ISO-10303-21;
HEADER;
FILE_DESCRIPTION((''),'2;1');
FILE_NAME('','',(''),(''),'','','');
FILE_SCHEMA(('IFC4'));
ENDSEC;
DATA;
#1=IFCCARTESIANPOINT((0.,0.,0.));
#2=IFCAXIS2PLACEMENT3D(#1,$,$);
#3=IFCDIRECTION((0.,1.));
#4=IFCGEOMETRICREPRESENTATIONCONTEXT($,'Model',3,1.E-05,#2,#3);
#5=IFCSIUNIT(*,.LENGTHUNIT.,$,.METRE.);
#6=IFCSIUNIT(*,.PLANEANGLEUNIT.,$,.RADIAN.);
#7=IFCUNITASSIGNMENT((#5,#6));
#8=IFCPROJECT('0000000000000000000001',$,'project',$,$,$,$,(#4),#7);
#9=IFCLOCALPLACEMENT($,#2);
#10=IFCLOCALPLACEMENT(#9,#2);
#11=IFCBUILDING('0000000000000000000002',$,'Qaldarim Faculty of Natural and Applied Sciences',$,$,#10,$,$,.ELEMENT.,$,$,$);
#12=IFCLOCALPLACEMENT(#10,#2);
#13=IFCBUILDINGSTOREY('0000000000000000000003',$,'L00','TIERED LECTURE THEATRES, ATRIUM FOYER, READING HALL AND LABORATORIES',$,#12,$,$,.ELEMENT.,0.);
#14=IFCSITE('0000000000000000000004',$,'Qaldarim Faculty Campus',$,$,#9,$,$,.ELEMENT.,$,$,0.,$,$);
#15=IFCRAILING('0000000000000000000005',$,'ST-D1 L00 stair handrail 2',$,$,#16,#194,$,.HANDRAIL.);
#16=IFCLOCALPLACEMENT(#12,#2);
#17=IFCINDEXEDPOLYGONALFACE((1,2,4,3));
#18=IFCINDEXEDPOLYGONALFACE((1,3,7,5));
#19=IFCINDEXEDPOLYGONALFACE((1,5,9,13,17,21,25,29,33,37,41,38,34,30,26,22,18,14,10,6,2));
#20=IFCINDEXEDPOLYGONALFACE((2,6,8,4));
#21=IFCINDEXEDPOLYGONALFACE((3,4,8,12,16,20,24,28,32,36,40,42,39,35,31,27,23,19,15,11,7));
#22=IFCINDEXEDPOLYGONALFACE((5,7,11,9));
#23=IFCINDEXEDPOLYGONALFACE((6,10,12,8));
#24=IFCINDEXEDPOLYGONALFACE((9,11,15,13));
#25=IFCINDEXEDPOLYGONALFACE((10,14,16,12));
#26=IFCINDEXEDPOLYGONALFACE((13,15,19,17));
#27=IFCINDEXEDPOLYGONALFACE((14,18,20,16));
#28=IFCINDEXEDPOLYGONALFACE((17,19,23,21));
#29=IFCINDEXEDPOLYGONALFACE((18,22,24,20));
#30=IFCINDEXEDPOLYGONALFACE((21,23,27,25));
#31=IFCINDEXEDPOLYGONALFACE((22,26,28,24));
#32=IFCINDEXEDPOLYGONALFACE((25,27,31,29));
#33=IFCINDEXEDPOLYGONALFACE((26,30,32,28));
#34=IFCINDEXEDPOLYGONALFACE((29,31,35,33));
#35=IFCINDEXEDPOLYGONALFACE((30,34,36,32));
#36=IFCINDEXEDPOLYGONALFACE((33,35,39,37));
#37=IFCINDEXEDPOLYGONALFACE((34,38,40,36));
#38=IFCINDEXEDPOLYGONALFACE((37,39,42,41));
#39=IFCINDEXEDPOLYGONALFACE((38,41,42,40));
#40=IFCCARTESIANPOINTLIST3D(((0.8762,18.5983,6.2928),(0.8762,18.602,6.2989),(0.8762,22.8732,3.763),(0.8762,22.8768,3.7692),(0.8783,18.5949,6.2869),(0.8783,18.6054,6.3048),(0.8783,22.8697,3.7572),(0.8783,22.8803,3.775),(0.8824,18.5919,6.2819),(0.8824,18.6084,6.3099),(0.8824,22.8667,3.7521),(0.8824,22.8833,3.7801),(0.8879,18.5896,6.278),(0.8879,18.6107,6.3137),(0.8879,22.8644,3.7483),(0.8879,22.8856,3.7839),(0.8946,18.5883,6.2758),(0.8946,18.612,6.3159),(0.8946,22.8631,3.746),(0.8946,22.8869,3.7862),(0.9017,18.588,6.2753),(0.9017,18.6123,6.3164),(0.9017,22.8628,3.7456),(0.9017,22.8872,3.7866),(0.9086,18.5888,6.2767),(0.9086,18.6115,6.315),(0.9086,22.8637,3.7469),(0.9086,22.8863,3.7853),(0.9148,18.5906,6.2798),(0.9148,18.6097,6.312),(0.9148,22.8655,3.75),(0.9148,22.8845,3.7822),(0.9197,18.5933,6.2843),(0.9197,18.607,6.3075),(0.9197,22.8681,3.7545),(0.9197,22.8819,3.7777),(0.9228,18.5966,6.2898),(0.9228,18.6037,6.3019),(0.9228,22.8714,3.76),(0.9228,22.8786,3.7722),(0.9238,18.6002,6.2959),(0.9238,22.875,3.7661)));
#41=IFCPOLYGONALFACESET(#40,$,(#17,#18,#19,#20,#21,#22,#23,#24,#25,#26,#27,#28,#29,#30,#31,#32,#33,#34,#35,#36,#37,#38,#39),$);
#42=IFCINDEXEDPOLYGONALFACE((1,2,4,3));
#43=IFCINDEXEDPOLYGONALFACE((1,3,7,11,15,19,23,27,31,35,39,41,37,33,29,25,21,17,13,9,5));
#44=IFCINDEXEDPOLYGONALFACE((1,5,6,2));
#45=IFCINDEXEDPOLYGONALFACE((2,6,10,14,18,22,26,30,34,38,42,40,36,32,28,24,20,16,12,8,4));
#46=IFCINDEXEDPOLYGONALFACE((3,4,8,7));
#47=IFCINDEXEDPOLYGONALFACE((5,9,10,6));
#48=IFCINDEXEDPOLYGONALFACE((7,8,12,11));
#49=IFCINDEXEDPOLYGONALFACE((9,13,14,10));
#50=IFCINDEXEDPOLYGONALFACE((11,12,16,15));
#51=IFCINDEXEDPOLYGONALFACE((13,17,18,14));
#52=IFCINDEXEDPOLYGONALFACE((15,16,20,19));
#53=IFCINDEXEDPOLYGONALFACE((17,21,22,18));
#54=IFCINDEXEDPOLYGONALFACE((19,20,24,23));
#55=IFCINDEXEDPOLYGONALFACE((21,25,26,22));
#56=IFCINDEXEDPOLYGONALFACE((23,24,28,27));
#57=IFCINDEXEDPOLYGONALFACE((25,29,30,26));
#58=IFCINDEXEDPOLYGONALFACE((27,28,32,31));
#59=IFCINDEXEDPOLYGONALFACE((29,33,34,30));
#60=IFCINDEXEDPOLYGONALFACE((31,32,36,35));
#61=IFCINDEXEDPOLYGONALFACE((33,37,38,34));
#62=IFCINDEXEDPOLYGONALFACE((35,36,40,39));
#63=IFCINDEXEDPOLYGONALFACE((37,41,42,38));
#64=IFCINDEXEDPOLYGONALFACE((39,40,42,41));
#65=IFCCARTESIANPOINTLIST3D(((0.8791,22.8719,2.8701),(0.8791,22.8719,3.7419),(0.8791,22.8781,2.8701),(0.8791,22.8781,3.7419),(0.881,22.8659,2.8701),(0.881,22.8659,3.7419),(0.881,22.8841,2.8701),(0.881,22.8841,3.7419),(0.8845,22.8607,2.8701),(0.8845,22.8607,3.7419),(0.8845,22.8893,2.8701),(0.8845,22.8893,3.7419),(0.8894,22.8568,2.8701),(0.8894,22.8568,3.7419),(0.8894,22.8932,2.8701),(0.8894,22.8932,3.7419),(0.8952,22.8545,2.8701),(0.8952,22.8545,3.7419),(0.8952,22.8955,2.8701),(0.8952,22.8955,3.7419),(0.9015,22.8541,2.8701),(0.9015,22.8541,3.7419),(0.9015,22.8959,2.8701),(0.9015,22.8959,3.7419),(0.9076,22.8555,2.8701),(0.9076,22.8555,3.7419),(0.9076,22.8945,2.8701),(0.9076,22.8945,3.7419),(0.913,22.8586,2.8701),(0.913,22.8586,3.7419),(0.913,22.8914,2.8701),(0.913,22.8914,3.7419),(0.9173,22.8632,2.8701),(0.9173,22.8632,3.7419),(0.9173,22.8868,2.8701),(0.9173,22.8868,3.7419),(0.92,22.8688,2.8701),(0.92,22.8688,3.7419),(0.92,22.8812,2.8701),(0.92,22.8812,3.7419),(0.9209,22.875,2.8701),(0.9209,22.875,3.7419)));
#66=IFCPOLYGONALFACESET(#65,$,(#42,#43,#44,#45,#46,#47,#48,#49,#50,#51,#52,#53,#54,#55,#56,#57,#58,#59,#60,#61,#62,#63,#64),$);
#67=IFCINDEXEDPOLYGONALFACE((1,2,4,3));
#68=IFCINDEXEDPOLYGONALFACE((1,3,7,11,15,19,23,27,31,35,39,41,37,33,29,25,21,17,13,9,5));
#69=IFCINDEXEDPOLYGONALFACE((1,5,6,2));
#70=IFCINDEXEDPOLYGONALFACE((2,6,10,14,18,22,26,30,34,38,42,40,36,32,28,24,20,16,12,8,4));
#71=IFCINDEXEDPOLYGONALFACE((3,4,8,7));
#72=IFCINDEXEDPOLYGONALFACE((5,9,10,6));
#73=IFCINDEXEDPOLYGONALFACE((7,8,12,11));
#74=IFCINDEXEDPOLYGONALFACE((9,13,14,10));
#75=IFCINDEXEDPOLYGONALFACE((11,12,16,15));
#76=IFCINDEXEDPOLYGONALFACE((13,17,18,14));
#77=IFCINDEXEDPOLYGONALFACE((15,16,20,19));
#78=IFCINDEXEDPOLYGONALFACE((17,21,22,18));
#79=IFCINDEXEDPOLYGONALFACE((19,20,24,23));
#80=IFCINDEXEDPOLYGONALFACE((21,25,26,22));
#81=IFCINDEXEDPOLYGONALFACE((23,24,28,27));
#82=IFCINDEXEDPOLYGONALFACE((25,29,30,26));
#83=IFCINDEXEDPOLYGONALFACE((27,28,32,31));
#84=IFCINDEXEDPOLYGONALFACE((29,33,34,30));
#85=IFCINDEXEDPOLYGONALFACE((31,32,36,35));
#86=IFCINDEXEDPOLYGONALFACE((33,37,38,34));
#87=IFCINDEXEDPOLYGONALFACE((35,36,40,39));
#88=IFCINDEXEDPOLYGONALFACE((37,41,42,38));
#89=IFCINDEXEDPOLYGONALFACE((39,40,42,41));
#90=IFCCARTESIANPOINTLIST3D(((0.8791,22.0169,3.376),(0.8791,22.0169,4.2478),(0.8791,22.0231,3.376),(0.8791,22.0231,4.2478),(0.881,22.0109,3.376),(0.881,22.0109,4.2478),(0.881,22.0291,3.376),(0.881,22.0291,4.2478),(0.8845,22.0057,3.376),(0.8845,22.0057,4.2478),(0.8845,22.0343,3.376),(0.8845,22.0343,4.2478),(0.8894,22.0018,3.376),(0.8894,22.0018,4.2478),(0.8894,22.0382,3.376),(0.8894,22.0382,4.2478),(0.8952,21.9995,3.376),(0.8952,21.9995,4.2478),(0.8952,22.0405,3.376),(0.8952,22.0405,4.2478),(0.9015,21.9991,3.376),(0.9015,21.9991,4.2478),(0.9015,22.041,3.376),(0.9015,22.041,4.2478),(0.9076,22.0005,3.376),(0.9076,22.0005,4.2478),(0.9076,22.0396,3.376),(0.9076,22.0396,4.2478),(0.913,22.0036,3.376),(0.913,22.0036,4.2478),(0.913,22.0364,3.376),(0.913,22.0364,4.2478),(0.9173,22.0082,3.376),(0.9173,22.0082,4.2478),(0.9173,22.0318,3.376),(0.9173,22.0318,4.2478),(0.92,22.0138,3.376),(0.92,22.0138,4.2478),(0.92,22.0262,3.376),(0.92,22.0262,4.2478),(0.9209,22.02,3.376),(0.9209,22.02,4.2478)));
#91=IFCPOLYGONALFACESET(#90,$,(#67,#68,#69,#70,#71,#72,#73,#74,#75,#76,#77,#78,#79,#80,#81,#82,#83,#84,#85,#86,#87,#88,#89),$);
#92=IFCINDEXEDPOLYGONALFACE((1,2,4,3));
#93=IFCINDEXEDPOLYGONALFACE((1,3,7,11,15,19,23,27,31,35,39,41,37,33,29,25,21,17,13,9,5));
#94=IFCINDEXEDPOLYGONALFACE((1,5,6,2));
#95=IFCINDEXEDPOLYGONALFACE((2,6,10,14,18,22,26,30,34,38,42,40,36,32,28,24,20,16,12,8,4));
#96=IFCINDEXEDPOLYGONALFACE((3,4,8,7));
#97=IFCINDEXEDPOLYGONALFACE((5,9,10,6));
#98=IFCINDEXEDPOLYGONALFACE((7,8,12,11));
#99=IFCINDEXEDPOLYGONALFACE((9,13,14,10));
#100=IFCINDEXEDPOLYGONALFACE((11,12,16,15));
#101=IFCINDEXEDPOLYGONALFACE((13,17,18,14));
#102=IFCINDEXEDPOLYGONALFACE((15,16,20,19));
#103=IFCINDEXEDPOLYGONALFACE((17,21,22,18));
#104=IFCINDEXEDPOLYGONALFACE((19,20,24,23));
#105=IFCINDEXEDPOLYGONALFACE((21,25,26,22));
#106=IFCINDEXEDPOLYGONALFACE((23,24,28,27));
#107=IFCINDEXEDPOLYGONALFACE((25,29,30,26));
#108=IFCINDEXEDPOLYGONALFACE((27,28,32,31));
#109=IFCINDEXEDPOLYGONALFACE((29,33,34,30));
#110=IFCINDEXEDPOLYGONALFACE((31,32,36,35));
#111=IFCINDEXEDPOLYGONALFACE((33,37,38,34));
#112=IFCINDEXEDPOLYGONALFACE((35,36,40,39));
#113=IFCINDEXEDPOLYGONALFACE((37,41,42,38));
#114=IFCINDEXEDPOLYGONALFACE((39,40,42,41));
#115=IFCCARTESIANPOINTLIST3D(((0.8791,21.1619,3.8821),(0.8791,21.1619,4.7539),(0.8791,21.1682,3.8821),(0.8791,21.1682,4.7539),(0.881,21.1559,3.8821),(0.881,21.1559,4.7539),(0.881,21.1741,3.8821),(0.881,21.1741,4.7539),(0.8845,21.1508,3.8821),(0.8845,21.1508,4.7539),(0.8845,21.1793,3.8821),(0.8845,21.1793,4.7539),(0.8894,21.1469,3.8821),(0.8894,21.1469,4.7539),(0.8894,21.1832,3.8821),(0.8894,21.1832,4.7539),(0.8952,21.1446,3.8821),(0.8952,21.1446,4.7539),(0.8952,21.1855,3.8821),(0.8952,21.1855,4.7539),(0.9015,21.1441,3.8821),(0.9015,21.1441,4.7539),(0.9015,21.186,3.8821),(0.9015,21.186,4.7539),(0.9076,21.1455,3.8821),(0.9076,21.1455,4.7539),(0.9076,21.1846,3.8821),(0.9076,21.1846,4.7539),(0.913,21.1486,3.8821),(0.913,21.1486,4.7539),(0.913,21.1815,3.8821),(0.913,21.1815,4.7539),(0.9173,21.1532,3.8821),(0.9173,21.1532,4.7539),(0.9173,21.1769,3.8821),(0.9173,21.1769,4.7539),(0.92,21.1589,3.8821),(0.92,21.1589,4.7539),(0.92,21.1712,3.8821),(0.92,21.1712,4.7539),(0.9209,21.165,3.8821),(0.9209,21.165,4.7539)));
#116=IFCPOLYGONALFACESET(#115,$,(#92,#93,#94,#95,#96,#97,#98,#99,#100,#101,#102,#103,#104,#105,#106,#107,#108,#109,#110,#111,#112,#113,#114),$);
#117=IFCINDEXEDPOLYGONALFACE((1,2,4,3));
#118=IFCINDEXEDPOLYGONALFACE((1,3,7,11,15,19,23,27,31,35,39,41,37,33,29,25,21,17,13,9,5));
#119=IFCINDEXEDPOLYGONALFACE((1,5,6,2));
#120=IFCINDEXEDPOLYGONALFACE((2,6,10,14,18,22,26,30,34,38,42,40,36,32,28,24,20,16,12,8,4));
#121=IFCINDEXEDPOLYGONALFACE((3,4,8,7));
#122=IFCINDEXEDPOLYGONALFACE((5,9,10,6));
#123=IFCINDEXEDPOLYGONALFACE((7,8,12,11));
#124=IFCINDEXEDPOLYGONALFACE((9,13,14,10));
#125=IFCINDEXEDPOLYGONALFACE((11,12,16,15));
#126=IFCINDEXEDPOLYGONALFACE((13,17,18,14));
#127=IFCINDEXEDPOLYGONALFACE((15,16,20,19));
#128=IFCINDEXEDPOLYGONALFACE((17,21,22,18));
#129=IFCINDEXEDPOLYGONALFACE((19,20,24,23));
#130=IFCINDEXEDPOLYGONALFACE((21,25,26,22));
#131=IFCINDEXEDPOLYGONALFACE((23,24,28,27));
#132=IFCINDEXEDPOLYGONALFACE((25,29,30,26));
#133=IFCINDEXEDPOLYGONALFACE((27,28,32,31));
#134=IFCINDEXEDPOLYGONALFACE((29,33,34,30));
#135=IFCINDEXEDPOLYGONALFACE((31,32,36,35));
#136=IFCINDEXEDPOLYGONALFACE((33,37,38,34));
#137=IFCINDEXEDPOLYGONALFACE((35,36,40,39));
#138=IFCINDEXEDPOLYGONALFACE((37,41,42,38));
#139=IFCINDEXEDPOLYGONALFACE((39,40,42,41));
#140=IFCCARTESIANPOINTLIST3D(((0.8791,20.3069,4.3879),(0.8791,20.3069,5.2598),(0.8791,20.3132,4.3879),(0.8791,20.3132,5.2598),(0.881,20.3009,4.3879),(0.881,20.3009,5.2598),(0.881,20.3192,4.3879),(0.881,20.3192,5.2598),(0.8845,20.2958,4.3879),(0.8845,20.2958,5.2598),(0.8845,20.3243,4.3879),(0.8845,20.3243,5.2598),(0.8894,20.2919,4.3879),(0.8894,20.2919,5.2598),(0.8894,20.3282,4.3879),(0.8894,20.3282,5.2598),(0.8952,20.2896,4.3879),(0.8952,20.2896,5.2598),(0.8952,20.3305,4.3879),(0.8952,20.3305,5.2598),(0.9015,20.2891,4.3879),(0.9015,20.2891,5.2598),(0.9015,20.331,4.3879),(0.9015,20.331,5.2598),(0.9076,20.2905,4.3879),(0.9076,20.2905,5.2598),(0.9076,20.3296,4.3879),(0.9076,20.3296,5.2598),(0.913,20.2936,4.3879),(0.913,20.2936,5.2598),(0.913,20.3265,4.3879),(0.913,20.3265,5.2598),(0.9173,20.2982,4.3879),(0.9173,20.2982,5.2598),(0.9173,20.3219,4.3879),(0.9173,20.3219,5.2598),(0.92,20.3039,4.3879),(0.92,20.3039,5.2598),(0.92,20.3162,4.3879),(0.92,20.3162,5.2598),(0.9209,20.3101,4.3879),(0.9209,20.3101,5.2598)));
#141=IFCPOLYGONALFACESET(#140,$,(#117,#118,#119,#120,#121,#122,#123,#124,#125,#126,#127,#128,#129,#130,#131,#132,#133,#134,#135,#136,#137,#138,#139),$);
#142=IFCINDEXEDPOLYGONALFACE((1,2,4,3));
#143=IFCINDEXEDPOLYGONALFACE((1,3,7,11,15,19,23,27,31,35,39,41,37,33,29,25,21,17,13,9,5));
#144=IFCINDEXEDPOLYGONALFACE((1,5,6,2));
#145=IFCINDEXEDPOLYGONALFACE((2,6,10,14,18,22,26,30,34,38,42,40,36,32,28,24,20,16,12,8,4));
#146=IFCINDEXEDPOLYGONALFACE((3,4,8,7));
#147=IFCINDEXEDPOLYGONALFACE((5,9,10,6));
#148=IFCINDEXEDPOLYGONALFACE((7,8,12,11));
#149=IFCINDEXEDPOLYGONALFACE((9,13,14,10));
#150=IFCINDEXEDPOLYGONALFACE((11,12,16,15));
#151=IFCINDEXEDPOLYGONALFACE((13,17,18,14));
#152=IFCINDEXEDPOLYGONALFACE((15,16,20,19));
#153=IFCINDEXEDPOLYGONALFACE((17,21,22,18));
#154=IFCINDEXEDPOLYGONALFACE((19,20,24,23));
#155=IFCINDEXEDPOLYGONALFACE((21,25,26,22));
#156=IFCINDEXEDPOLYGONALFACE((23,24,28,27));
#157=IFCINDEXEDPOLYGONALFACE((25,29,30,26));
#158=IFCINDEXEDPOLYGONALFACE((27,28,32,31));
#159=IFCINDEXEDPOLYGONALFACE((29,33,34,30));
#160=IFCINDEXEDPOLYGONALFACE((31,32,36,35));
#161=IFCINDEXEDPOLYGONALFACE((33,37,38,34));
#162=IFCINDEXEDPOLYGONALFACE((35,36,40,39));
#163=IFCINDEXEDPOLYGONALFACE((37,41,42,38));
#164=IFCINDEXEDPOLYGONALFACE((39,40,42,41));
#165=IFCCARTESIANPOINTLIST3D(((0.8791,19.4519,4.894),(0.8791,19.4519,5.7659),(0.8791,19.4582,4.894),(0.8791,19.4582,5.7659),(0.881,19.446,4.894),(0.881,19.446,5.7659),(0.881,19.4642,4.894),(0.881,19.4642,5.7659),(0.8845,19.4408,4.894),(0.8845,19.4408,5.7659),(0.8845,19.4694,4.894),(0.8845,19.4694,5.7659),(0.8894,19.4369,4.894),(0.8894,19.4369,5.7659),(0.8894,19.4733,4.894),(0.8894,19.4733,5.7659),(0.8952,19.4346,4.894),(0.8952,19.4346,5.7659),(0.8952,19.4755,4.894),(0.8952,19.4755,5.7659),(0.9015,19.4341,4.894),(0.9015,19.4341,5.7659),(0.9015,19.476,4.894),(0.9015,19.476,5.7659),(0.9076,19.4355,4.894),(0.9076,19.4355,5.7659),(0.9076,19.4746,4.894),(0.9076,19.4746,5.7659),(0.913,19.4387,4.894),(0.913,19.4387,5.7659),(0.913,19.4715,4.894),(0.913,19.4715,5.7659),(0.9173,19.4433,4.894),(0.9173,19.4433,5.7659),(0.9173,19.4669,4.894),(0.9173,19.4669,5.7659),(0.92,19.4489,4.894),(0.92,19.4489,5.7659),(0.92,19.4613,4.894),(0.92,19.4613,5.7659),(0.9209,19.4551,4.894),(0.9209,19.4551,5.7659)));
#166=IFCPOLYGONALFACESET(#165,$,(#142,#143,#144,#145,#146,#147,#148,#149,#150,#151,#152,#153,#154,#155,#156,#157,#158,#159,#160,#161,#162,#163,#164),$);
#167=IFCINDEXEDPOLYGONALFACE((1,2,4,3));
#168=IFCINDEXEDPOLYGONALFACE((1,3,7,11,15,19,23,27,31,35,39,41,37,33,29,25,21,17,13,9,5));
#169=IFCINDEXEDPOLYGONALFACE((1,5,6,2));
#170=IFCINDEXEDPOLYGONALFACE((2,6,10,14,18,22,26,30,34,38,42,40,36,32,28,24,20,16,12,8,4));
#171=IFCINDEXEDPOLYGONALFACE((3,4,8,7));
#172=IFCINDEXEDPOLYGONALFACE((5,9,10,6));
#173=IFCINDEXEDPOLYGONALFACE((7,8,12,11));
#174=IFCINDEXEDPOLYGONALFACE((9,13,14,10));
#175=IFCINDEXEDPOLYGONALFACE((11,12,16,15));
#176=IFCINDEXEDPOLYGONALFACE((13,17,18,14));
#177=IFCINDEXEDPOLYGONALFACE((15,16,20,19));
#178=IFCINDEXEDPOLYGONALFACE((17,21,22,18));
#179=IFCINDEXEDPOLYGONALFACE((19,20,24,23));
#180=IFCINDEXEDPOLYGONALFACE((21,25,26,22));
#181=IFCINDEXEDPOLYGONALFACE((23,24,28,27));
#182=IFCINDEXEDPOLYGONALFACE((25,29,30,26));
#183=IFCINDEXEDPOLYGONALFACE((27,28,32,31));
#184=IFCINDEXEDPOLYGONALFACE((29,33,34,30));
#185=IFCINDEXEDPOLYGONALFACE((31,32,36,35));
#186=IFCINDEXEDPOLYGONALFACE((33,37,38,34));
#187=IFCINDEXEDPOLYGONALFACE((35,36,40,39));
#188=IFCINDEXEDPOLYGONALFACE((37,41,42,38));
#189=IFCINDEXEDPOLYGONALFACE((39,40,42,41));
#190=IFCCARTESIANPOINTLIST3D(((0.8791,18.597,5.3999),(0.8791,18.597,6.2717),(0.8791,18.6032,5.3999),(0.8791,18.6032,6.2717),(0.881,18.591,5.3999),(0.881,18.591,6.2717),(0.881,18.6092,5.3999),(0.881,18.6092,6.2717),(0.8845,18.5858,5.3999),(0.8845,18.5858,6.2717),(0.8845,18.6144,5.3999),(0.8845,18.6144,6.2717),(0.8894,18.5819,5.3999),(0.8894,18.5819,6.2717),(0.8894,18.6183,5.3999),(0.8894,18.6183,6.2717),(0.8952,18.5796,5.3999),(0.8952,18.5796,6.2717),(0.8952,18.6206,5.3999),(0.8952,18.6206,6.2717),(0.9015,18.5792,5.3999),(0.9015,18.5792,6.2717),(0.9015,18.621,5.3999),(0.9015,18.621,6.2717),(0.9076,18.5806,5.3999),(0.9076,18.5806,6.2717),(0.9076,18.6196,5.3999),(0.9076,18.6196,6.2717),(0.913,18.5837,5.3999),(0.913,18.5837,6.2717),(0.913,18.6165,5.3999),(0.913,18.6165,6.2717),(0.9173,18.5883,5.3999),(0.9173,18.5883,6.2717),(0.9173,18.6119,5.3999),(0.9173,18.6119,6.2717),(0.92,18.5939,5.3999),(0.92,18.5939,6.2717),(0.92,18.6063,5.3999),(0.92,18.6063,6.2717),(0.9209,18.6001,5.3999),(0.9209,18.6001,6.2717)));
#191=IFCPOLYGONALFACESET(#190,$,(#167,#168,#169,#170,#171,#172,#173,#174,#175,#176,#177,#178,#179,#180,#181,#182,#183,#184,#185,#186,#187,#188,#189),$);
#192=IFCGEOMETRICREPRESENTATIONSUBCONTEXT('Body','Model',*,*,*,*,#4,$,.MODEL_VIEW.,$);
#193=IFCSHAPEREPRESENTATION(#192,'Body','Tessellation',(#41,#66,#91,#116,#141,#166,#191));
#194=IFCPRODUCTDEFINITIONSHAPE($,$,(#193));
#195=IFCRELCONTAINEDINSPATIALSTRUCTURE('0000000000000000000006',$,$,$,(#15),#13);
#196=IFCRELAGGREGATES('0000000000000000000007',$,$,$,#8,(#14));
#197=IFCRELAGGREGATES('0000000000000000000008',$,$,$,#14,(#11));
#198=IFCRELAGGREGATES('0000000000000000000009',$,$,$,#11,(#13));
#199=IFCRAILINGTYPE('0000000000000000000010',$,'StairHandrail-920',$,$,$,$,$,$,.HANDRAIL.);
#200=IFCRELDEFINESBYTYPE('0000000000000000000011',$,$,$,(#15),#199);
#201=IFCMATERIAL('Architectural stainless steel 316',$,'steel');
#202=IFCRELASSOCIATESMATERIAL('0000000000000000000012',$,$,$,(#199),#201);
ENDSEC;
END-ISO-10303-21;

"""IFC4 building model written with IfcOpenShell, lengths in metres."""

from ifc_helpers import new_model, si_unit, direction, frame, origin, origin_2d, place, context, subcontext, project, spatial, circle, extrude, material, type_object, element, save


model = new_model("IFC4")

# Units and contexts
model_context = context("Model", 3, precision=1e-05, world=origin(), true_north=direction((0.0, 1.0)))
body_context = subcontext(model_context, "Body", "Model", "MODEL_VIEW")
ifc_project = project(units=[si_unit("LENGTHUNIT", "METRE"), si_unit("PLANEANGLEUNIT", "RADIAN")], contexts=[model_context])

# Site, building, storey
site_placement = place(None, origin())
site = spatial("IfcSite", under=ifc_project, at=site_placement, Name="Qaldarim Faculty Campus", CompositionType="ELEMENT", RefElevation=0.0)
building_placement = place(site_placement, origin())
building = spatial("IfcBuilding", under=site, at=building_placement, Name="Qaldarim Faculty of Natural and Applied Sciences", CompositionType="ELEMENT")
storey_placement = place(building_placement, origin())
storey = spatial("IfcBuildingStorey", under=building, at=storey_placement, Name="L00", Description="TIERED LECTURE THEATRES, ATRIUM FOYER, READING HALL AND LABORATORIES", CompositionType="ELEMENT", Elevation=0.0)

# Railing
ifc_material_1 = material(Name="Architectural stainless steel 316", Category="steel")
railing_type_1 = type_object("IfcRailingType", Name="StairHandrail-920", PredefinedType="HANDRAIL", material=ifc_material_1)
railing_1_placement = place(storey_placement, frame((0.8999, 22.875, 2.8701)))
element("IfcRailing", 1, at=railing_1_placement, inside=storey, type_object=railing_type_1, Name="ST-D1 L00 stair handrail 2", PredefinedType="HANDRAIL", context=body_context, shape_type="SweptSolid", body=[
    extrude(circle(Radius=0.0239, at=origin_2d()), frame((0.0, 0.0, 0.896), z_axis=(0.0, -0.8606, 0.509282), x_axis=(1.0, 0.0, 0.0)), (0.0, 0.0, 1.0), 4.9673),
    extrude(circle(Radius=0.021, at=origin_2d()), origin(), (0.0, 0.0, 1.0), 0.8718),
    extrude(circle(Radius=0.021, at=origin_2d()), frame((0.0, -0.855, 0.5059)), (0.0, 0.0, 1.0), 0.8718),
    extrude(circle(Radius=0.021, at=origin_2d()), frame((0.0, -1.71, 1.012)), (0.0, 0.0, 1.0), 0.8718),
    extrude(circle(Radius=0.021, at=origin_2d()), frame((0.0, -2.5649, 1.5178)), (0.0, 0.0, 1.0), 0.8718),
    extrude(circle(Radius=0.021, at=origin_2d()), frame((0.0, -3.4199, 2.0239)), (0.0, 0.0, 1.0), 0.8718),
    extrude(circle(Radius=0.021, at=origin_2d()), frame((0.0, -4.2749, 2.5298)), (0.0, 0.0, 1.0), 0.8718),
])

save(model, "model.ifc")
